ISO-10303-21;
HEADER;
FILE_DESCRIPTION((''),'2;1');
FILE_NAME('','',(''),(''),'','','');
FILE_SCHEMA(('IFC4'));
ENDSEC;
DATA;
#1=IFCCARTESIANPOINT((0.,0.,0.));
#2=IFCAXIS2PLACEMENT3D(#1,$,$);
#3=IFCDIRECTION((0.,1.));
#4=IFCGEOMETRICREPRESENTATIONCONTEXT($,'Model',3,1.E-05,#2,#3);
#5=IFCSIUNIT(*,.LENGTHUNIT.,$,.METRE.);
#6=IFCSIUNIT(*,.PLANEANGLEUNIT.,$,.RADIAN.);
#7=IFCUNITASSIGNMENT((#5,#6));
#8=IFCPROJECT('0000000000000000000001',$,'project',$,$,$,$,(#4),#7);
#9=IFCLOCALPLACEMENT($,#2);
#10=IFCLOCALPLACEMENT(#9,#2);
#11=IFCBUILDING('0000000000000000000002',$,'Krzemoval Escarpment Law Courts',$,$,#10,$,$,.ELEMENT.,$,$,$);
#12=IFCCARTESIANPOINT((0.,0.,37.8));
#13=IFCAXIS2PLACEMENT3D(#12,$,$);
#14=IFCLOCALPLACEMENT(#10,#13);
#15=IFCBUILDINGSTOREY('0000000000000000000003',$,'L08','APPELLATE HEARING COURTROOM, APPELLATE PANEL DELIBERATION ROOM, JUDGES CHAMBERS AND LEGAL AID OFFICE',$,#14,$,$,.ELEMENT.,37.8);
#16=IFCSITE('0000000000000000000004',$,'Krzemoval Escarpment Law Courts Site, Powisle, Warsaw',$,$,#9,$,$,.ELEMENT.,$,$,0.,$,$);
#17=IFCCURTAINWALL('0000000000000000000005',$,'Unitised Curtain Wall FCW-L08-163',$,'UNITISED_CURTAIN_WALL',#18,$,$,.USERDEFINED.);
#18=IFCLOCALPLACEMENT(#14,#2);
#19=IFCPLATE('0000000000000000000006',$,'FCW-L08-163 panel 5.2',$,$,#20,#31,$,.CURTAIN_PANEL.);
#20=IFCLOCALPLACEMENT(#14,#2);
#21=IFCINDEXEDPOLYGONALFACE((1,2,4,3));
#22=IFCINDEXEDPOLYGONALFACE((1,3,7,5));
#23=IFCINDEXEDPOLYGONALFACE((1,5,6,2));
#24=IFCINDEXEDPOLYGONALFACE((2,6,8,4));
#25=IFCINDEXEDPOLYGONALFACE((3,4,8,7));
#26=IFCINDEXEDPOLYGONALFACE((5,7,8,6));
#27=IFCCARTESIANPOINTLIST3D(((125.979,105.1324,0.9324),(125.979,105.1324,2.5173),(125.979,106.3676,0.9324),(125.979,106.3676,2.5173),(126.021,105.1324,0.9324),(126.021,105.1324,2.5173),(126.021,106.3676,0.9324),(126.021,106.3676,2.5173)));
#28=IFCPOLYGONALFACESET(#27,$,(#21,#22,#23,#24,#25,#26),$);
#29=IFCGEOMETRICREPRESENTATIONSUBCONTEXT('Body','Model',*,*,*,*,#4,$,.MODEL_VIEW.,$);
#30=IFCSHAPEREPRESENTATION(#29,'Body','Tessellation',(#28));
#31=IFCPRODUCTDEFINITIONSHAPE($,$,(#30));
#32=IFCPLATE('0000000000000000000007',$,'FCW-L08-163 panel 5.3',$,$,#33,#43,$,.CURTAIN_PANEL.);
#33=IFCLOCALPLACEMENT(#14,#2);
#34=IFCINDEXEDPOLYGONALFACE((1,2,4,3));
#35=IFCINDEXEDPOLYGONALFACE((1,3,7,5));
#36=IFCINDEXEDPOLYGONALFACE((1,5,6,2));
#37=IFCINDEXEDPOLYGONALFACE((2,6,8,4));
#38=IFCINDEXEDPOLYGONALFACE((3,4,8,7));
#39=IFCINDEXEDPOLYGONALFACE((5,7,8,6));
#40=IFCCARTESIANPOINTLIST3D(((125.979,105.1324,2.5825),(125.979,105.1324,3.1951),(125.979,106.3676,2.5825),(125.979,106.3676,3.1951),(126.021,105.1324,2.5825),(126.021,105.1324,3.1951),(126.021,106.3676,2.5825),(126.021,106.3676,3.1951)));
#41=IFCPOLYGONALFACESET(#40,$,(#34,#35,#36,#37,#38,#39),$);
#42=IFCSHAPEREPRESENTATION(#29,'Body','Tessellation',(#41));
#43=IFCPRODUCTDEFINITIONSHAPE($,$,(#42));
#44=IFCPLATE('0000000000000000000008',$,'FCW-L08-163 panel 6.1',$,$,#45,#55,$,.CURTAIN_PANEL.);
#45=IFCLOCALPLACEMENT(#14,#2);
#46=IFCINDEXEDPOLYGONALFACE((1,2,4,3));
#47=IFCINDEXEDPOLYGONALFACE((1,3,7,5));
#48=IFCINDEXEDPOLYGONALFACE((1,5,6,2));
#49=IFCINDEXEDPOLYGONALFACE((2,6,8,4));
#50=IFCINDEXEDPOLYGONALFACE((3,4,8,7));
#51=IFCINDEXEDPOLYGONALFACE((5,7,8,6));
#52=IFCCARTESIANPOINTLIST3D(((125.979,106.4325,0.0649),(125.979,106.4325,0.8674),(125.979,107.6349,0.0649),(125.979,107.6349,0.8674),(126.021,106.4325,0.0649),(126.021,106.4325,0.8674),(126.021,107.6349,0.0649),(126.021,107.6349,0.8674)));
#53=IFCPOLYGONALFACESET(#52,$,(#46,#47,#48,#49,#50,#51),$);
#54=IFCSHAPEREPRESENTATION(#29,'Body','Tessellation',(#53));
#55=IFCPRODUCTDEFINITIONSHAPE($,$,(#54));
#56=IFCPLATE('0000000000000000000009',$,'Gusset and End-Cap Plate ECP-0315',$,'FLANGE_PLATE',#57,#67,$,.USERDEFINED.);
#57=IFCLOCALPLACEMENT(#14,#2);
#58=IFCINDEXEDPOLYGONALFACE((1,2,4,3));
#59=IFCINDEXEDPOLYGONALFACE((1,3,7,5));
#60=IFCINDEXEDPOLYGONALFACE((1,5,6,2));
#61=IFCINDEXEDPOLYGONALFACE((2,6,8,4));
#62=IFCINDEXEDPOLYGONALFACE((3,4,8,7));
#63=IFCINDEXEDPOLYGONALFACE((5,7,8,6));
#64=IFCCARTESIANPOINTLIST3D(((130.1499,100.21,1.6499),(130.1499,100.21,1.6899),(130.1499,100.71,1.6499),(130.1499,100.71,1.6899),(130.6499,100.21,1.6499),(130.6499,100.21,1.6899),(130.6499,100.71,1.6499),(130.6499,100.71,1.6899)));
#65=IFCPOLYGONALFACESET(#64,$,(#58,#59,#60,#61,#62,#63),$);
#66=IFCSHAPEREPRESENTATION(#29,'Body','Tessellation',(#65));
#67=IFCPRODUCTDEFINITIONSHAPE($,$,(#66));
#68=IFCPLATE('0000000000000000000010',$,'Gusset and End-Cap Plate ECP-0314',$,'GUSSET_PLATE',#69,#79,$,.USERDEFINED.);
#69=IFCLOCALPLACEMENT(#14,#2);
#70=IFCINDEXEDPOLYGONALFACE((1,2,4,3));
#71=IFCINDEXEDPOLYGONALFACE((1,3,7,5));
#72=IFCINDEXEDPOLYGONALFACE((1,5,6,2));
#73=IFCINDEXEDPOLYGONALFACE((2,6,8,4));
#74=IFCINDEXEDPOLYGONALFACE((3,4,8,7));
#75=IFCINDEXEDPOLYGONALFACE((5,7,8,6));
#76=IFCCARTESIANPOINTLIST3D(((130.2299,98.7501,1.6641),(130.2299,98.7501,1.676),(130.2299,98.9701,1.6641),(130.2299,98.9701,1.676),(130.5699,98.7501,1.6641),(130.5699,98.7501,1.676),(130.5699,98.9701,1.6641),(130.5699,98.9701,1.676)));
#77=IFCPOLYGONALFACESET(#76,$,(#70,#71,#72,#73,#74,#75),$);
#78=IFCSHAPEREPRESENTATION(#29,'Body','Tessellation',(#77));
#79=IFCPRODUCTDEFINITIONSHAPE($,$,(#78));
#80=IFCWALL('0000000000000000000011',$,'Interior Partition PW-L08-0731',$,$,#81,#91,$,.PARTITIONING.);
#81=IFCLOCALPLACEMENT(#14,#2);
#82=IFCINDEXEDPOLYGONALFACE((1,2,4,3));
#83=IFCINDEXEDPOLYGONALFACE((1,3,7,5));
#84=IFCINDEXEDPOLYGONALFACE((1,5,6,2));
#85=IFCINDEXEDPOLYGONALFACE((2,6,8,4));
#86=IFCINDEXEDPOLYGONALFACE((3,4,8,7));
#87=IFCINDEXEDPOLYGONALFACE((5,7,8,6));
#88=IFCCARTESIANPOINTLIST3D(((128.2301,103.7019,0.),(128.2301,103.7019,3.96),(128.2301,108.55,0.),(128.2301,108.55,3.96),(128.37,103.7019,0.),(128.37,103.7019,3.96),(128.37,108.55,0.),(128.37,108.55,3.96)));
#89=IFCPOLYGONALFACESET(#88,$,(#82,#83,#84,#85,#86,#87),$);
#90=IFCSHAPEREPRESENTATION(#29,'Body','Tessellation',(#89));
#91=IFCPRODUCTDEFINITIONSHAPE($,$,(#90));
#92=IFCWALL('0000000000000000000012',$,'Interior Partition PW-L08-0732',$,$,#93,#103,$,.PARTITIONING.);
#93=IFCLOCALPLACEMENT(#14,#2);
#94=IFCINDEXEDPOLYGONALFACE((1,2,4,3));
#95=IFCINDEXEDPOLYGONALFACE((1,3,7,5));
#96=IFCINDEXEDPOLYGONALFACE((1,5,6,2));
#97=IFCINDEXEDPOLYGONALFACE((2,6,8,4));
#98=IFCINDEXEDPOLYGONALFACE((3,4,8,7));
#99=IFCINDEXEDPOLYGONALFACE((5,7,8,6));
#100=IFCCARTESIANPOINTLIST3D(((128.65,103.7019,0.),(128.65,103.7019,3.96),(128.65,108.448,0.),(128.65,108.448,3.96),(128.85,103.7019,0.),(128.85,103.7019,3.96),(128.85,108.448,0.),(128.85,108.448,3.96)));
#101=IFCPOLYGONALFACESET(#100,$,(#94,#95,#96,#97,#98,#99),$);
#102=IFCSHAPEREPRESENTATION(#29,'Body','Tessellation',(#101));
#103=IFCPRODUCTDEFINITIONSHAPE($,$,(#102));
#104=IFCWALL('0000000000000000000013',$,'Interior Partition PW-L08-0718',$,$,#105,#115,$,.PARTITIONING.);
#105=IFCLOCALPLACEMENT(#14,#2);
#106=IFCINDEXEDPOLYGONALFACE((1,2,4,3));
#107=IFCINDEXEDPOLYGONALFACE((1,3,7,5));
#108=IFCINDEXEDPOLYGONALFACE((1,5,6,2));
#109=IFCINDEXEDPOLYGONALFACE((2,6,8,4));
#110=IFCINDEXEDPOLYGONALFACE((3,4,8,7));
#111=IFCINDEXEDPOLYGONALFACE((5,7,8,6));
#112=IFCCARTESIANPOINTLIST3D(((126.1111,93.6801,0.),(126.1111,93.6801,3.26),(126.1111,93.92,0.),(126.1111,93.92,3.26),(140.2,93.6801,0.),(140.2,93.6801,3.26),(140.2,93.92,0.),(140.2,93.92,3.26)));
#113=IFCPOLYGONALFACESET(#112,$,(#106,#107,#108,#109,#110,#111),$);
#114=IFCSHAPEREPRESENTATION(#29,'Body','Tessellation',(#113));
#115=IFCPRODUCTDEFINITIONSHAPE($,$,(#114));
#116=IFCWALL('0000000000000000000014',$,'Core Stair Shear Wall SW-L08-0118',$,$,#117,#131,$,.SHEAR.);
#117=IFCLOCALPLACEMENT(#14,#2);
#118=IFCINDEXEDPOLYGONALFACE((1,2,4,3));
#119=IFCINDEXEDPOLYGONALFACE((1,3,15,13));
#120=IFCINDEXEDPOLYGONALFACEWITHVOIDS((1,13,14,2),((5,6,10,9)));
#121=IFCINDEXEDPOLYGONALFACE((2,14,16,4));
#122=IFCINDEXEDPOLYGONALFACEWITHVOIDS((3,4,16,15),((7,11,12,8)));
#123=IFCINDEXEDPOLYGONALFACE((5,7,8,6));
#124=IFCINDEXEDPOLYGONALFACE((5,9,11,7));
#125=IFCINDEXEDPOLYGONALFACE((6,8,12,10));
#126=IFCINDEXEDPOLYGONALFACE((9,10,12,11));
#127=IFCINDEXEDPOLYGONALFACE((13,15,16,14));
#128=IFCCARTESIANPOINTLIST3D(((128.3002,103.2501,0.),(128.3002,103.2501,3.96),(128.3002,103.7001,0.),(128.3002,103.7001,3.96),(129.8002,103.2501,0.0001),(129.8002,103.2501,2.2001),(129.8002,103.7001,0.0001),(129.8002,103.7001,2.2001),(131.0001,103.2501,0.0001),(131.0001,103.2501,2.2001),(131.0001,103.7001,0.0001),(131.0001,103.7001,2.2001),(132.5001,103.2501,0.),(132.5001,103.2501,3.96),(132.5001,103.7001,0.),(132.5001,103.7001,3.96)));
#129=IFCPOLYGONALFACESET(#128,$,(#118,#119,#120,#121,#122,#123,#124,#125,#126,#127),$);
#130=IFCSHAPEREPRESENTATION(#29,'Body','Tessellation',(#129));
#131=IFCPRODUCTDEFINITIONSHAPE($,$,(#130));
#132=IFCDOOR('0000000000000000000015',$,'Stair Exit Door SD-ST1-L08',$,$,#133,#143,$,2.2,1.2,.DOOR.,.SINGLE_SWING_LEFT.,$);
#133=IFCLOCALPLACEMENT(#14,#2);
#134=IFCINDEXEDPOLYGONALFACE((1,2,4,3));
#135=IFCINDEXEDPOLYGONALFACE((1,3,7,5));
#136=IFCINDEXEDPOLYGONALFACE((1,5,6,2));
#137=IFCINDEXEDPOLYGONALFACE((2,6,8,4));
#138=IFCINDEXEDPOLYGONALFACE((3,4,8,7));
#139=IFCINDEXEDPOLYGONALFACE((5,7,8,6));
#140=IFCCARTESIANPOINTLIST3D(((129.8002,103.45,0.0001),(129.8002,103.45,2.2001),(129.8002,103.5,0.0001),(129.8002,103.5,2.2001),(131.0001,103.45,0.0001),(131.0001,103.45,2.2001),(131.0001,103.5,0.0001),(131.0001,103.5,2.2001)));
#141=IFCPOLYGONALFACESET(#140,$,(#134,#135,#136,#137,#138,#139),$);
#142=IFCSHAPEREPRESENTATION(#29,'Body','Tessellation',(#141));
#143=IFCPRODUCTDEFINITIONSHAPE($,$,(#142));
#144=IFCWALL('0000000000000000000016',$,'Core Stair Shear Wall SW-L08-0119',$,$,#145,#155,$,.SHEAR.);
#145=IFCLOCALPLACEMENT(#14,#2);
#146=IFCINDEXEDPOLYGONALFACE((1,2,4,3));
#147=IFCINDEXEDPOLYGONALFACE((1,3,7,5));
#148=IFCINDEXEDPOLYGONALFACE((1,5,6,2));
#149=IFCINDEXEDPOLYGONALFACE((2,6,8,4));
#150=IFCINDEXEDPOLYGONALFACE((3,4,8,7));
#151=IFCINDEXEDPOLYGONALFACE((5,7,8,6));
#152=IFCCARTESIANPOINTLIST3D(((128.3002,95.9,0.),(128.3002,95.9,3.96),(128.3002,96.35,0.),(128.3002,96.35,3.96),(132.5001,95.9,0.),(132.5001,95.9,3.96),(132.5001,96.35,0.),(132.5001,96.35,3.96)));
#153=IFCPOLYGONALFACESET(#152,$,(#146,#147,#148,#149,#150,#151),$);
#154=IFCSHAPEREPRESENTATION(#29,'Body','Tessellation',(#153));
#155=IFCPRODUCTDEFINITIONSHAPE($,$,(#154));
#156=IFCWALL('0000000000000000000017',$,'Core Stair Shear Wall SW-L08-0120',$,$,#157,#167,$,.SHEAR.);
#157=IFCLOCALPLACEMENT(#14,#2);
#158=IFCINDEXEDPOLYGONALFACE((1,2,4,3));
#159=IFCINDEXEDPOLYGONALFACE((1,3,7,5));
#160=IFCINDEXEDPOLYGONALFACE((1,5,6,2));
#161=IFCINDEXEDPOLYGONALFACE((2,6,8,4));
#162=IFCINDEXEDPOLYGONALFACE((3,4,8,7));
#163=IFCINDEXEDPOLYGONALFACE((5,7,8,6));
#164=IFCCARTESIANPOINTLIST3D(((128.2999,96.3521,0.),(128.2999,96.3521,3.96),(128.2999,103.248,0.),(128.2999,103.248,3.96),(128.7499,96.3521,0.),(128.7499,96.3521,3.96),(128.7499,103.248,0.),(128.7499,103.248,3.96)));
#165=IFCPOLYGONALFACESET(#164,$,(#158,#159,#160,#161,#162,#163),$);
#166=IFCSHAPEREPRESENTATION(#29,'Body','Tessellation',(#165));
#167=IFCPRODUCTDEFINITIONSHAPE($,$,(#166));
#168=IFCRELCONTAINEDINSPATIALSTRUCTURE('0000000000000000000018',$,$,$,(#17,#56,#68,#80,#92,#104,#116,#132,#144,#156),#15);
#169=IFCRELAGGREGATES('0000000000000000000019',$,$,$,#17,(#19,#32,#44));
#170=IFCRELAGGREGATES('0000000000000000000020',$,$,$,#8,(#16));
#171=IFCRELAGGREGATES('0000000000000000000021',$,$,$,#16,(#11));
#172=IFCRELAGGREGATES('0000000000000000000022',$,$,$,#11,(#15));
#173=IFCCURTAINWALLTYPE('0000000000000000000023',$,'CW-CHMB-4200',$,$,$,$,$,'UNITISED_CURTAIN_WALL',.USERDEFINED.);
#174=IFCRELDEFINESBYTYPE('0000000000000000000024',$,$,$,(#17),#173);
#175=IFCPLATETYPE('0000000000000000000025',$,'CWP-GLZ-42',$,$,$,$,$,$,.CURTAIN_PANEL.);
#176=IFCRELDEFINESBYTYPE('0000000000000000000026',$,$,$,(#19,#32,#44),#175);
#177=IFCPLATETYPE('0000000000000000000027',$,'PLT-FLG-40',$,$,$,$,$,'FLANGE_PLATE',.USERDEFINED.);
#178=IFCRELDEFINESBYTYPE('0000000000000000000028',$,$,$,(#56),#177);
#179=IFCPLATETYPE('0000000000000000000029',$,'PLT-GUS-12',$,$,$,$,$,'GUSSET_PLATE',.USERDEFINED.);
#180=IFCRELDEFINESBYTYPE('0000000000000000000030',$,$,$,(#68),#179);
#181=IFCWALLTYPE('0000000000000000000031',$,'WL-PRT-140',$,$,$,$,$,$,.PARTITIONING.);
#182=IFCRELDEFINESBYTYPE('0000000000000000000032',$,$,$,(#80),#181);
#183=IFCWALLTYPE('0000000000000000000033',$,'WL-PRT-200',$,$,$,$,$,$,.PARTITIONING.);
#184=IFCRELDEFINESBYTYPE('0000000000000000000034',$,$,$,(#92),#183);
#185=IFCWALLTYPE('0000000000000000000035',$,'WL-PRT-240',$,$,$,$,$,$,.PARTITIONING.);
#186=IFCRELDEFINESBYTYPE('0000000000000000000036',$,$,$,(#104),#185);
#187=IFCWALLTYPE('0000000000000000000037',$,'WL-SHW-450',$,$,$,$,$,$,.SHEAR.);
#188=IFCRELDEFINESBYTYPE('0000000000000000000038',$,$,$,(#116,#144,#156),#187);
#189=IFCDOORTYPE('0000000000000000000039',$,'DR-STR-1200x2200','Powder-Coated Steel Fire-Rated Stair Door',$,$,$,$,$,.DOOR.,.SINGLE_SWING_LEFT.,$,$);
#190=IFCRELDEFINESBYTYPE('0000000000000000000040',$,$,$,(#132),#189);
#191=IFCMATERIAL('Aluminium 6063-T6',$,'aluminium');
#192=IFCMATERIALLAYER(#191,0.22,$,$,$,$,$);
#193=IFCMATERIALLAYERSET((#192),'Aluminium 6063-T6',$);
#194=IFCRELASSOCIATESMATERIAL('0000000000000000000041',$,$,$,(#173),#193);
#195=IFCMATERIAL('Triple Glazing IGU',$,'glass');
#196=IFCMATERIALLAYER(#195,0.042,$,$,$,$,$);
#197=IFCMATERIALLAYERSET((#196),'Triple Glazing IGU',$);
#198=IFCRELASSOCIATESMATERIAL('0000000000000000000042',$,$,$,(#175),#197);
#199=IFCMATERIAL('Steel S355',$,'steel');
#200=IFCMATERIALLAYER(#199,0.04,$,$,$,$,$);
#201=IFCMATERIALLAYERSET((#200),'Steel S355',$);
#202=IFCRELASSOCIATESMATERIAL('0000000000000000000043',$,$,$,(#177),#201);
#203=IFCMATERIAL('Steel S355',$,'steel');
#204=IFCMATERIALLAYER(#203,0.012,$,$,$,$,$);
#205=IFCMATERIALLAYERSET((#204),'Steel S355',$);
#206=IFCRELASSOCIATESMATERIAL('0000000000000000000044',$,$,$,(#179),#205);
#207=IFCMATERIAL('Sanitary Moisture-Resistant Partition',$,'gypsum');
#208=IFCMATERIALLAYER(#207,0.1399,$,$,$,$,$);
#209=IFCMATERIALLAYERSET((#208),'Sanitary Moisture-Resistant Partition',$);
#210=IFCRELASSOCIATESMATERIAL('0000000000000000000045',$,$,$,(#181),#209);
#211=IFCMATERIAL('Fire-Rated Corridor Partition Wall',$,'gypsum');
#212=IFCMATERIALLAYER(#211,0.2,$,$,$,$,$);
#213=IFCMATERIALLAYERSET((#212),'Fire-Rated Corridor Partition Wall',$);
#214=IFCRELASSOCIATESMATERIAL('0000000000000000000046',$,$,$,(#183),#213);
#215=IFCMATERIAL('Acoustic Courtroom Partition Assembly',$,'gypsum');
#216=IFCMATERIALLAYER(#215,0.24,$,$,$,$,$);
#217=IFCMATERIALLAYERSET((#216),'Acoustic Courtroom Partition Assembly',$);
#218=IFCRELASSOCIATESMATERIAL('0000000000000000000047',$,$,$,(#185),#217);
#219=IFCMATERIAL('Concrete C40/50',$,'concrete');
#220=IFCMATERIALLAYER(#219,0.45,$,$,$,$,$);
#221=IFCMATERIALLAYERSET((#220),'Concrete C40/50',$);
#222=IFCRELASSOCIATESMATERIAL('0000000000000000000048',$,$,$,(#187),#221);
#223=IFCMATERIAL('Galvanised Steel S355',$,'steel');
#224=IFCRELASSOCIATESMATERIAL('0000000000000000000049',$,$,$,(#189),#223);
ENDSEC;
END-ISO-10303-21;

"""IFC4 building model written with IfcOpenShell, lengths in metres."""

from ifc_helpers import new_model, si_unit, direction, frame, frame_2d, origin, origin_2d, place, context, subcontext, project, spatial, rectangle, extrude, material, layer, layer_set, type_object, element, fill, aggregate, save


model = new_model("IFC4")

# Units and contexts
model_context = context("Model", 3, precision=1e-05, world=origin(), true_north=direction((0.0, 1.0)))
body_context = subcontext(model_context, "Body", "Model", "MODEL_VIEW")
ifc_project = project(units=[si_unit("LENGTHUNIT", "METRE"), si_unit("PLANEANGLEUNIT", "RADIAN")], contexts=[model_context])

# Site, building, storey
site_placement = place(None, origin())
site = spatial("IfcSite", under=ifc_project, at=site_placement, Name="Krzemoval Escarpment Law Courts Site, Powisle, Warsaw", CompositionType="ELEMENT", RefElevation=0.0)
building_placement = place(site_placement, origin())
building = spatial("IfcBuilding", under=site, at=building_placement, Name="Krzemoval Escarpment Law Courts", CompositionType="ELEMENT")
storey_placement = place(building_placement, frame((0.0, 0.0, 37.8)))
storey = spatial("IfcBuildingStorey", under=building, at=storey_placement, Name="L08", Description="APPELLATE HEARING COURTROOM, APPELLATE PANEL DELIBERATION ROOM, JUDGES CHAMBERS AND LEGAL AID OFFICE", CompositionType="ELEMENT", Elevation=37.8)

# Curtain wall
ifc_material_1 = material(Name="Aluminium 6063-T6", Category="aluminium")
ifc_layer_1 = layer(ifc_material_1, 0.22)
ifc_layer_set_1 = layer_set([ifc_layer_1], Name="Aluminium 6063-T6")
curtain_wall_type = type_object("IfcCurtainWallType", Name="CW-CHMB-4200", ElementType="UNITISED_CURTAIN_WALL", PredefinedType="USERDEFINED", material=ifc_layer_set_1)
curtain_wall_placement = place(storey_placement, origin())
curtain_wall = element("IfcCurtainWall", 1, at=curtain_wall_placement, inside=storey, type_object=curtain_wall_type, Name="Unitised Curtain Wall FCW-L08-163", ObjectType="UNITISED_CURTAIN_WALL", PredefinedType="USERDEFINED")

# Plates
ifc_material_2 = material(Name="Triple Glazing IGU", Category="glass")
ifc_layer_2 = layer(ifc_material_2, 0.042)
ifc_layer_set_2 = layer_set([ifc_layer_2], Name="Triple Glazing IGU")
plate_type_1 = type_object("IfcPlateType", Name="CWP-GLZ-42", PredefinedType="CURTAIN_PANEL", material=ifc_layer_set_2)
plate_1_placement = place(storey_placement, frame((126.0, 105.75, 0.9324), z_axis=(0.0, 0.0, 1.0), x_axis=(0.0, 1.0, 0.0)))
plate_1 = element("IfcPlate", 2, at=plate_1_placement, type_object=plate_type_1, Name="FCW-L08-163 panel 5.2", PredefinedType="CURTAIN_PANEL", context=body_context, shape_type="SweptSolid", body=[
    extrude(rectangle(XDim=1.2351, YDim=0.042, at=origin_2d()), origin(), (0.0, 0.0, 1.0), 1.585),
])
plate_2_placement = place(storey_placement, frame((126.0, 105.75, 2.5825), z_axis=(0.0, 0.0, 1.0), x_axis=(0.0, 1.0, 0.0)))
plate_2 = element("IfcPlate", 3, at=plate_2_placement, type_object=plate_type_1, Name="FCW-L08-163 panel 5.3", PredefinedType="CURTAIN_PANEL", context=body_context, shape_type="SweptSolid", body=[
    extrude(rectangle(XDim=1.2351, YDim=0.042, at=origin_2d()), origin(), (0.0, 0.0, 1.0), 0.6125),
])
plate_3_placement = place(storey_placement, frame((126.0, 107.0337, 0.0649), z_axis=(0.0, 0.0, 1.0), x_axis=(0.0, 1.0, 0.0)))
plate_3 = element("IfcPlate", 4, at=plate_3_placement, type_object=plate_type_1, Name="FCW-L08-163 panel 6.1", PredefinedType="CURTAIN_PANEL", context=body_context, shape_type="SweptSolid", body=[
    extrude(rectangle(XDim=1.2024, YDim=0.042, at=origin_2d()), origin(), (0.0, 0.0, 1.0), 0.8025),
])
aggregate(curtain_wall, [plate_1, plate_2, plate_3])

# Plates
ifc_material_3 = material(Name="Steel S355", Category="steel")
ifc_layer_3 = layer(ifc_material_3, 0.04)
ifc_layer_set_3 = layer_set([ifc_layer_3], Name="Steel S355")
plate_type_2 = type_object("IfcPlateType", Name="PLT-FLG-40", ElementType="FLANGE_PLATE", PredefinedType="USERDEFINED", material=ifc_layer_set_3)
plate_4_placement = place(storey_placement, frame((130.3999, 100.46, 1.6499), z_axis=(0.0, 0.0, 1.0), x_axis=(1.0, 0.0, 0.0)))
element("IfcPlate", 5, at=plate_4_placement, inside=storey, type_object=plate_type_2, Name="Gusset and End-Cap Plate ECP-0315", ObjectType="FLANGE_PLATE", PredefinedType="USERDEFINED", context=body_context, shape_type="SweptSolid", body=[
    extrude(rectangle(XDim=0.5, YDim=0.5, at=origin_2d()), origin(), (0.0, 0.0, 1.0), 0.04),
])
ifc_material_4 = material(Name="Steel S355", Category="steel")
ifc_layer_4 = layer(ifc_material_4, 0.012)
ifc_layer_set_4 = layer_set([ifc_layer_4], Name="Steel S355")
plate_type_3 = type_object("IfcPlateType", Name="PLT-GUS-12", ElementType="GUSSET_PLATE", PredefinedType="USERDEFINED", material=ifc_layer_set_4)
plate_5_placement = place(storey_placement, frame((130.3999, 98.8601, 1.6641), z_axis=(0.0, 0.0, 1.0), x_axis=(1.0, 0.0, 0.0)))
element("IfcPlate", 6, at=plate_5_placement, inside=storey, type_object=plate_type_3, Name="Gusset and End-Cap Plate ECP-0314", ObjectType="GUSSET_PLATE", PredefinedType="USERDEFINED", context=body_context, shape_type="SweptSolid", body=[
    extrude(rectangle(XDim=0.3401, YDim=0.22, at=origin_2d()), origin(), (0.0, 0.0, 1.0), 0.012),
])

# Walls
ifc_material_5 = material(Name="Sanitary Moisture-Resistant Partition", Category="gypsum")
ifc_layer_5 = layer(ifc_material_5, 0.1399)
ifc_layer_set_5 = layer_set([ifc_layer_5], Name="Sanitary Moisture-Resistant Partition")
wall_type_1 = type_object("IfcWallType", Name="WL-PRT-140", PredefinedType="PARTITIONING", material=ifc_layer_set_5)
wall_1_placement = place(storey_placement, frame((128.3, 103.7019, 0.0), z_axis=(0.0, 0.0, 1.0), x_axis=(0.0, 1.0, 0.0)))
element("IfcWall", 7, at=wall_1_placement, inside=storey, type_object=wall_type_1, Name="Interior Partition PW-L08-0731", PredefinedType="PARTITIONING", context=body_context, shape_type="SweptSolid", body=[
    extrude(rectangle(XDim=4.8481, YDim=0.1399, at=frame_2d((2.4241, 0.0))), origin(), (0.0, 0.0, 1.0), 3.96),
])
ifc_material_6 = material(Name="Fire-Rated Corridor Partition Wall", Category="gypsum")
ifc_layer_6 = layer(ifc_material_6, 0.2)
ifc_layer_set_6 = layer_set([ifc_layer_6], Name="Fire-Rated Corridor Partition Wall")
wall_type_2 = type_object("IfcWallType", Name="WL-PRT-200", PredefinedType="PARTITIONING", material=ifc_layer_set_6)
wall_2_placement = place(storey_placement, frame((128.75, 103.7019, 0.0), z_axis=(0.0, 0.0, 1.0), x_axis=(0.0, 1.0, 0.0)))
element("IfcWall", 8, at=wall_2_placement, inside=storey, type_object=wall_type_2, Name="Interior Partition PW-L08-0732", PredefinedType="PARTITIONING", context=body_context, shape_type="SweptSolid", body=[
    extrude(rectangle(XDim=4.7461, YDim=0.2, at=frame_2d((2.373, 0.0))), origin(), (0.0, 0.0, 1.0), 3.96),
])
ifc_material_7 = material(Name="Acoustic Courtroom Partition Assembly", Category="gypsum")
ifc_layer_7 = layer(ifc_material_7, 0.24)
ifc_layer_set_7 = layer_set([ifc_layer_7], Name="Acoustic Courtroom Partition Assembly")
wall_type_3 = type_object("IfcWallType", Name="WL-PRT-240", PredefinedType="PARTITIONING", material=ifc_layer_set_7)
wall_3_placement = place(storey_placement, frame((126.1111, 93.8, 0.0), z_axis=(0.0, 0.0, 1.0), x_axis=(1.0, 0.0, 0.0)))
element("IfcWall", 9, at=wall_3_placement, inside=storey, type_object=wall_type_3, Name="Interior Partition PW-L08-0718", PredefinedType="PARTITIONING", context=body_context, shape_type="SweptSolid", body=[
    extrude(rectangle(XDim=14.0889, YDim=0.24, at=frame_2d((7.0444, 0.0))), origin(), (0.0, 0.0, 1.0), 3.26),
])

# Wall, opening, door
ifc_material_8 = material(Name="Concrete C40/50", Category="concrete")
ifc_layer_8 = layer(ifc_material_8, 0.45)
ifc_layer_set_8 = layer_set([ifc_layer_8], Name="Concrete C40/50")
wall_type_4 = type_object("IfcWallType", Name="WL-SHW-450", PredefinedType="SHEAR", material=ifc_layer_set_8)
wall_4_placement = place(storey_placement, frame((128.3, 103.4751, 0.0), z_axis=(0.0, 0.0, 1.0), x_axis=(1.0, 0.0, 0.0)))
wall_4 = element("IfcWall", 10, at=wall_4_placement, inside=storey, type_object=wall_type_4, Name="Core Stair Shear Wall SW-L08-0118", PredefinedType="SHEAR", context=body_context, shape_type="SweptSolid", body=[
    extrude(rectangle(XDim=4.2, YDim=0.45, at=frame_2d((2.1001, 0.0))), origin(), (0.0, 0.0, 1.0), 3.96),
])
opening_placement = place(wall_4_placement, frame((1.5, 0.0, 0.0)))
opening = element("IfcOpeningElement", 11, at=opening_placement, cuts=wall_4, PredefinedType="OPENING", context=body_context, shape_type="SweptSolid", body=[
    extrude(rectangle(XDim=1.2, YDim=2.2, at=frame_2d((0.6001, 1.1001))), frame((0.0, 0.24, 0.0), z_axis=(0.0, -1.0, 0.0), x_axis=(1.0, 0.0, 0.0)), (0.0, 0.0, 1.0), 0.4799),
])
ifc_material_9 = material(Name="Galvanised Steel S355", Category="steel")
door_type = type_object("IfcDoorType", Name="DR-STR-1200x2200", Description="Powder-Coated Steel Fire-Rated Stair Door", OperationType="SINGLE_SWING_LEFT", PredefinedType="DOOR", material=ifc_material_9)
door_placement = place(opening_placement, origin())
door = element("IfcDoor", 12, at=door_placement, inside=storey, type_object=door_type, Name="Stair Exit Door SD-ST1-L08", OperationType="SINGLE_SWING_LEFT", OverallHeight=2.2, OverallWidth=1.2, PredefinedType="DOOR", context=body_context, shape_type="SweptSolid", body=[
    extrude(rectangle(XDim=1.2, YDim=2.2, at=frame_2d((0.6001, 1.1001))), frame((0.0, 0.0249, 0.0), z_axis=(0.0, -1.0, 0.0), x_axis=(1.0, 0.0, 0.0)), (0.0, 0.0, 1.0), 0.05),
])
fill(opening, door)

# Walls
wall_5_placement = place(storey_placement, frame((128.3, 96.125, 0.0), z_axis=(0.0, 0.0, 1.0), x_axis=(1.0, 0.0, 0.0)))
element("IfcWall", 13, at=wall_5_placement, inside=storey, type_object=wall_type_4, Name="Core Stair Shear Wall SW-L08-0119", PredefinedType="SHEAR", context=body_context, shape_type="SweptSolid", body=[
    extrude(rectangle(XDim=4.2, YDim=0.45, at=frame_2d((2.1001, 0.0))), origin(), (0.0, 0.0, 1.0), 3.96),
])
wall_6_placement = place(storey_placement, frame((128.5249, 96.3521, 0.0), z_axis=(0.0, 0.0, 1.0), x_axis=(0.0, 1.0, 0.0)))
element("IfcWall", 14, at=wall_6_placement, inside=storey, type_object=wall_type_4, Name="Core Stair Shear Wall SW-L08-0120", PredefinedType="SHEAR", context=body_context, shape_type="SweptSolid", body=[
    extrude(rectangle(XDim=6.896, YDim=0.45, at=frame_2d((3.448, 0.0))), origin(), (0.0, 0.0, 1.0), 3.96),
])

save(model, "model.ifc")
